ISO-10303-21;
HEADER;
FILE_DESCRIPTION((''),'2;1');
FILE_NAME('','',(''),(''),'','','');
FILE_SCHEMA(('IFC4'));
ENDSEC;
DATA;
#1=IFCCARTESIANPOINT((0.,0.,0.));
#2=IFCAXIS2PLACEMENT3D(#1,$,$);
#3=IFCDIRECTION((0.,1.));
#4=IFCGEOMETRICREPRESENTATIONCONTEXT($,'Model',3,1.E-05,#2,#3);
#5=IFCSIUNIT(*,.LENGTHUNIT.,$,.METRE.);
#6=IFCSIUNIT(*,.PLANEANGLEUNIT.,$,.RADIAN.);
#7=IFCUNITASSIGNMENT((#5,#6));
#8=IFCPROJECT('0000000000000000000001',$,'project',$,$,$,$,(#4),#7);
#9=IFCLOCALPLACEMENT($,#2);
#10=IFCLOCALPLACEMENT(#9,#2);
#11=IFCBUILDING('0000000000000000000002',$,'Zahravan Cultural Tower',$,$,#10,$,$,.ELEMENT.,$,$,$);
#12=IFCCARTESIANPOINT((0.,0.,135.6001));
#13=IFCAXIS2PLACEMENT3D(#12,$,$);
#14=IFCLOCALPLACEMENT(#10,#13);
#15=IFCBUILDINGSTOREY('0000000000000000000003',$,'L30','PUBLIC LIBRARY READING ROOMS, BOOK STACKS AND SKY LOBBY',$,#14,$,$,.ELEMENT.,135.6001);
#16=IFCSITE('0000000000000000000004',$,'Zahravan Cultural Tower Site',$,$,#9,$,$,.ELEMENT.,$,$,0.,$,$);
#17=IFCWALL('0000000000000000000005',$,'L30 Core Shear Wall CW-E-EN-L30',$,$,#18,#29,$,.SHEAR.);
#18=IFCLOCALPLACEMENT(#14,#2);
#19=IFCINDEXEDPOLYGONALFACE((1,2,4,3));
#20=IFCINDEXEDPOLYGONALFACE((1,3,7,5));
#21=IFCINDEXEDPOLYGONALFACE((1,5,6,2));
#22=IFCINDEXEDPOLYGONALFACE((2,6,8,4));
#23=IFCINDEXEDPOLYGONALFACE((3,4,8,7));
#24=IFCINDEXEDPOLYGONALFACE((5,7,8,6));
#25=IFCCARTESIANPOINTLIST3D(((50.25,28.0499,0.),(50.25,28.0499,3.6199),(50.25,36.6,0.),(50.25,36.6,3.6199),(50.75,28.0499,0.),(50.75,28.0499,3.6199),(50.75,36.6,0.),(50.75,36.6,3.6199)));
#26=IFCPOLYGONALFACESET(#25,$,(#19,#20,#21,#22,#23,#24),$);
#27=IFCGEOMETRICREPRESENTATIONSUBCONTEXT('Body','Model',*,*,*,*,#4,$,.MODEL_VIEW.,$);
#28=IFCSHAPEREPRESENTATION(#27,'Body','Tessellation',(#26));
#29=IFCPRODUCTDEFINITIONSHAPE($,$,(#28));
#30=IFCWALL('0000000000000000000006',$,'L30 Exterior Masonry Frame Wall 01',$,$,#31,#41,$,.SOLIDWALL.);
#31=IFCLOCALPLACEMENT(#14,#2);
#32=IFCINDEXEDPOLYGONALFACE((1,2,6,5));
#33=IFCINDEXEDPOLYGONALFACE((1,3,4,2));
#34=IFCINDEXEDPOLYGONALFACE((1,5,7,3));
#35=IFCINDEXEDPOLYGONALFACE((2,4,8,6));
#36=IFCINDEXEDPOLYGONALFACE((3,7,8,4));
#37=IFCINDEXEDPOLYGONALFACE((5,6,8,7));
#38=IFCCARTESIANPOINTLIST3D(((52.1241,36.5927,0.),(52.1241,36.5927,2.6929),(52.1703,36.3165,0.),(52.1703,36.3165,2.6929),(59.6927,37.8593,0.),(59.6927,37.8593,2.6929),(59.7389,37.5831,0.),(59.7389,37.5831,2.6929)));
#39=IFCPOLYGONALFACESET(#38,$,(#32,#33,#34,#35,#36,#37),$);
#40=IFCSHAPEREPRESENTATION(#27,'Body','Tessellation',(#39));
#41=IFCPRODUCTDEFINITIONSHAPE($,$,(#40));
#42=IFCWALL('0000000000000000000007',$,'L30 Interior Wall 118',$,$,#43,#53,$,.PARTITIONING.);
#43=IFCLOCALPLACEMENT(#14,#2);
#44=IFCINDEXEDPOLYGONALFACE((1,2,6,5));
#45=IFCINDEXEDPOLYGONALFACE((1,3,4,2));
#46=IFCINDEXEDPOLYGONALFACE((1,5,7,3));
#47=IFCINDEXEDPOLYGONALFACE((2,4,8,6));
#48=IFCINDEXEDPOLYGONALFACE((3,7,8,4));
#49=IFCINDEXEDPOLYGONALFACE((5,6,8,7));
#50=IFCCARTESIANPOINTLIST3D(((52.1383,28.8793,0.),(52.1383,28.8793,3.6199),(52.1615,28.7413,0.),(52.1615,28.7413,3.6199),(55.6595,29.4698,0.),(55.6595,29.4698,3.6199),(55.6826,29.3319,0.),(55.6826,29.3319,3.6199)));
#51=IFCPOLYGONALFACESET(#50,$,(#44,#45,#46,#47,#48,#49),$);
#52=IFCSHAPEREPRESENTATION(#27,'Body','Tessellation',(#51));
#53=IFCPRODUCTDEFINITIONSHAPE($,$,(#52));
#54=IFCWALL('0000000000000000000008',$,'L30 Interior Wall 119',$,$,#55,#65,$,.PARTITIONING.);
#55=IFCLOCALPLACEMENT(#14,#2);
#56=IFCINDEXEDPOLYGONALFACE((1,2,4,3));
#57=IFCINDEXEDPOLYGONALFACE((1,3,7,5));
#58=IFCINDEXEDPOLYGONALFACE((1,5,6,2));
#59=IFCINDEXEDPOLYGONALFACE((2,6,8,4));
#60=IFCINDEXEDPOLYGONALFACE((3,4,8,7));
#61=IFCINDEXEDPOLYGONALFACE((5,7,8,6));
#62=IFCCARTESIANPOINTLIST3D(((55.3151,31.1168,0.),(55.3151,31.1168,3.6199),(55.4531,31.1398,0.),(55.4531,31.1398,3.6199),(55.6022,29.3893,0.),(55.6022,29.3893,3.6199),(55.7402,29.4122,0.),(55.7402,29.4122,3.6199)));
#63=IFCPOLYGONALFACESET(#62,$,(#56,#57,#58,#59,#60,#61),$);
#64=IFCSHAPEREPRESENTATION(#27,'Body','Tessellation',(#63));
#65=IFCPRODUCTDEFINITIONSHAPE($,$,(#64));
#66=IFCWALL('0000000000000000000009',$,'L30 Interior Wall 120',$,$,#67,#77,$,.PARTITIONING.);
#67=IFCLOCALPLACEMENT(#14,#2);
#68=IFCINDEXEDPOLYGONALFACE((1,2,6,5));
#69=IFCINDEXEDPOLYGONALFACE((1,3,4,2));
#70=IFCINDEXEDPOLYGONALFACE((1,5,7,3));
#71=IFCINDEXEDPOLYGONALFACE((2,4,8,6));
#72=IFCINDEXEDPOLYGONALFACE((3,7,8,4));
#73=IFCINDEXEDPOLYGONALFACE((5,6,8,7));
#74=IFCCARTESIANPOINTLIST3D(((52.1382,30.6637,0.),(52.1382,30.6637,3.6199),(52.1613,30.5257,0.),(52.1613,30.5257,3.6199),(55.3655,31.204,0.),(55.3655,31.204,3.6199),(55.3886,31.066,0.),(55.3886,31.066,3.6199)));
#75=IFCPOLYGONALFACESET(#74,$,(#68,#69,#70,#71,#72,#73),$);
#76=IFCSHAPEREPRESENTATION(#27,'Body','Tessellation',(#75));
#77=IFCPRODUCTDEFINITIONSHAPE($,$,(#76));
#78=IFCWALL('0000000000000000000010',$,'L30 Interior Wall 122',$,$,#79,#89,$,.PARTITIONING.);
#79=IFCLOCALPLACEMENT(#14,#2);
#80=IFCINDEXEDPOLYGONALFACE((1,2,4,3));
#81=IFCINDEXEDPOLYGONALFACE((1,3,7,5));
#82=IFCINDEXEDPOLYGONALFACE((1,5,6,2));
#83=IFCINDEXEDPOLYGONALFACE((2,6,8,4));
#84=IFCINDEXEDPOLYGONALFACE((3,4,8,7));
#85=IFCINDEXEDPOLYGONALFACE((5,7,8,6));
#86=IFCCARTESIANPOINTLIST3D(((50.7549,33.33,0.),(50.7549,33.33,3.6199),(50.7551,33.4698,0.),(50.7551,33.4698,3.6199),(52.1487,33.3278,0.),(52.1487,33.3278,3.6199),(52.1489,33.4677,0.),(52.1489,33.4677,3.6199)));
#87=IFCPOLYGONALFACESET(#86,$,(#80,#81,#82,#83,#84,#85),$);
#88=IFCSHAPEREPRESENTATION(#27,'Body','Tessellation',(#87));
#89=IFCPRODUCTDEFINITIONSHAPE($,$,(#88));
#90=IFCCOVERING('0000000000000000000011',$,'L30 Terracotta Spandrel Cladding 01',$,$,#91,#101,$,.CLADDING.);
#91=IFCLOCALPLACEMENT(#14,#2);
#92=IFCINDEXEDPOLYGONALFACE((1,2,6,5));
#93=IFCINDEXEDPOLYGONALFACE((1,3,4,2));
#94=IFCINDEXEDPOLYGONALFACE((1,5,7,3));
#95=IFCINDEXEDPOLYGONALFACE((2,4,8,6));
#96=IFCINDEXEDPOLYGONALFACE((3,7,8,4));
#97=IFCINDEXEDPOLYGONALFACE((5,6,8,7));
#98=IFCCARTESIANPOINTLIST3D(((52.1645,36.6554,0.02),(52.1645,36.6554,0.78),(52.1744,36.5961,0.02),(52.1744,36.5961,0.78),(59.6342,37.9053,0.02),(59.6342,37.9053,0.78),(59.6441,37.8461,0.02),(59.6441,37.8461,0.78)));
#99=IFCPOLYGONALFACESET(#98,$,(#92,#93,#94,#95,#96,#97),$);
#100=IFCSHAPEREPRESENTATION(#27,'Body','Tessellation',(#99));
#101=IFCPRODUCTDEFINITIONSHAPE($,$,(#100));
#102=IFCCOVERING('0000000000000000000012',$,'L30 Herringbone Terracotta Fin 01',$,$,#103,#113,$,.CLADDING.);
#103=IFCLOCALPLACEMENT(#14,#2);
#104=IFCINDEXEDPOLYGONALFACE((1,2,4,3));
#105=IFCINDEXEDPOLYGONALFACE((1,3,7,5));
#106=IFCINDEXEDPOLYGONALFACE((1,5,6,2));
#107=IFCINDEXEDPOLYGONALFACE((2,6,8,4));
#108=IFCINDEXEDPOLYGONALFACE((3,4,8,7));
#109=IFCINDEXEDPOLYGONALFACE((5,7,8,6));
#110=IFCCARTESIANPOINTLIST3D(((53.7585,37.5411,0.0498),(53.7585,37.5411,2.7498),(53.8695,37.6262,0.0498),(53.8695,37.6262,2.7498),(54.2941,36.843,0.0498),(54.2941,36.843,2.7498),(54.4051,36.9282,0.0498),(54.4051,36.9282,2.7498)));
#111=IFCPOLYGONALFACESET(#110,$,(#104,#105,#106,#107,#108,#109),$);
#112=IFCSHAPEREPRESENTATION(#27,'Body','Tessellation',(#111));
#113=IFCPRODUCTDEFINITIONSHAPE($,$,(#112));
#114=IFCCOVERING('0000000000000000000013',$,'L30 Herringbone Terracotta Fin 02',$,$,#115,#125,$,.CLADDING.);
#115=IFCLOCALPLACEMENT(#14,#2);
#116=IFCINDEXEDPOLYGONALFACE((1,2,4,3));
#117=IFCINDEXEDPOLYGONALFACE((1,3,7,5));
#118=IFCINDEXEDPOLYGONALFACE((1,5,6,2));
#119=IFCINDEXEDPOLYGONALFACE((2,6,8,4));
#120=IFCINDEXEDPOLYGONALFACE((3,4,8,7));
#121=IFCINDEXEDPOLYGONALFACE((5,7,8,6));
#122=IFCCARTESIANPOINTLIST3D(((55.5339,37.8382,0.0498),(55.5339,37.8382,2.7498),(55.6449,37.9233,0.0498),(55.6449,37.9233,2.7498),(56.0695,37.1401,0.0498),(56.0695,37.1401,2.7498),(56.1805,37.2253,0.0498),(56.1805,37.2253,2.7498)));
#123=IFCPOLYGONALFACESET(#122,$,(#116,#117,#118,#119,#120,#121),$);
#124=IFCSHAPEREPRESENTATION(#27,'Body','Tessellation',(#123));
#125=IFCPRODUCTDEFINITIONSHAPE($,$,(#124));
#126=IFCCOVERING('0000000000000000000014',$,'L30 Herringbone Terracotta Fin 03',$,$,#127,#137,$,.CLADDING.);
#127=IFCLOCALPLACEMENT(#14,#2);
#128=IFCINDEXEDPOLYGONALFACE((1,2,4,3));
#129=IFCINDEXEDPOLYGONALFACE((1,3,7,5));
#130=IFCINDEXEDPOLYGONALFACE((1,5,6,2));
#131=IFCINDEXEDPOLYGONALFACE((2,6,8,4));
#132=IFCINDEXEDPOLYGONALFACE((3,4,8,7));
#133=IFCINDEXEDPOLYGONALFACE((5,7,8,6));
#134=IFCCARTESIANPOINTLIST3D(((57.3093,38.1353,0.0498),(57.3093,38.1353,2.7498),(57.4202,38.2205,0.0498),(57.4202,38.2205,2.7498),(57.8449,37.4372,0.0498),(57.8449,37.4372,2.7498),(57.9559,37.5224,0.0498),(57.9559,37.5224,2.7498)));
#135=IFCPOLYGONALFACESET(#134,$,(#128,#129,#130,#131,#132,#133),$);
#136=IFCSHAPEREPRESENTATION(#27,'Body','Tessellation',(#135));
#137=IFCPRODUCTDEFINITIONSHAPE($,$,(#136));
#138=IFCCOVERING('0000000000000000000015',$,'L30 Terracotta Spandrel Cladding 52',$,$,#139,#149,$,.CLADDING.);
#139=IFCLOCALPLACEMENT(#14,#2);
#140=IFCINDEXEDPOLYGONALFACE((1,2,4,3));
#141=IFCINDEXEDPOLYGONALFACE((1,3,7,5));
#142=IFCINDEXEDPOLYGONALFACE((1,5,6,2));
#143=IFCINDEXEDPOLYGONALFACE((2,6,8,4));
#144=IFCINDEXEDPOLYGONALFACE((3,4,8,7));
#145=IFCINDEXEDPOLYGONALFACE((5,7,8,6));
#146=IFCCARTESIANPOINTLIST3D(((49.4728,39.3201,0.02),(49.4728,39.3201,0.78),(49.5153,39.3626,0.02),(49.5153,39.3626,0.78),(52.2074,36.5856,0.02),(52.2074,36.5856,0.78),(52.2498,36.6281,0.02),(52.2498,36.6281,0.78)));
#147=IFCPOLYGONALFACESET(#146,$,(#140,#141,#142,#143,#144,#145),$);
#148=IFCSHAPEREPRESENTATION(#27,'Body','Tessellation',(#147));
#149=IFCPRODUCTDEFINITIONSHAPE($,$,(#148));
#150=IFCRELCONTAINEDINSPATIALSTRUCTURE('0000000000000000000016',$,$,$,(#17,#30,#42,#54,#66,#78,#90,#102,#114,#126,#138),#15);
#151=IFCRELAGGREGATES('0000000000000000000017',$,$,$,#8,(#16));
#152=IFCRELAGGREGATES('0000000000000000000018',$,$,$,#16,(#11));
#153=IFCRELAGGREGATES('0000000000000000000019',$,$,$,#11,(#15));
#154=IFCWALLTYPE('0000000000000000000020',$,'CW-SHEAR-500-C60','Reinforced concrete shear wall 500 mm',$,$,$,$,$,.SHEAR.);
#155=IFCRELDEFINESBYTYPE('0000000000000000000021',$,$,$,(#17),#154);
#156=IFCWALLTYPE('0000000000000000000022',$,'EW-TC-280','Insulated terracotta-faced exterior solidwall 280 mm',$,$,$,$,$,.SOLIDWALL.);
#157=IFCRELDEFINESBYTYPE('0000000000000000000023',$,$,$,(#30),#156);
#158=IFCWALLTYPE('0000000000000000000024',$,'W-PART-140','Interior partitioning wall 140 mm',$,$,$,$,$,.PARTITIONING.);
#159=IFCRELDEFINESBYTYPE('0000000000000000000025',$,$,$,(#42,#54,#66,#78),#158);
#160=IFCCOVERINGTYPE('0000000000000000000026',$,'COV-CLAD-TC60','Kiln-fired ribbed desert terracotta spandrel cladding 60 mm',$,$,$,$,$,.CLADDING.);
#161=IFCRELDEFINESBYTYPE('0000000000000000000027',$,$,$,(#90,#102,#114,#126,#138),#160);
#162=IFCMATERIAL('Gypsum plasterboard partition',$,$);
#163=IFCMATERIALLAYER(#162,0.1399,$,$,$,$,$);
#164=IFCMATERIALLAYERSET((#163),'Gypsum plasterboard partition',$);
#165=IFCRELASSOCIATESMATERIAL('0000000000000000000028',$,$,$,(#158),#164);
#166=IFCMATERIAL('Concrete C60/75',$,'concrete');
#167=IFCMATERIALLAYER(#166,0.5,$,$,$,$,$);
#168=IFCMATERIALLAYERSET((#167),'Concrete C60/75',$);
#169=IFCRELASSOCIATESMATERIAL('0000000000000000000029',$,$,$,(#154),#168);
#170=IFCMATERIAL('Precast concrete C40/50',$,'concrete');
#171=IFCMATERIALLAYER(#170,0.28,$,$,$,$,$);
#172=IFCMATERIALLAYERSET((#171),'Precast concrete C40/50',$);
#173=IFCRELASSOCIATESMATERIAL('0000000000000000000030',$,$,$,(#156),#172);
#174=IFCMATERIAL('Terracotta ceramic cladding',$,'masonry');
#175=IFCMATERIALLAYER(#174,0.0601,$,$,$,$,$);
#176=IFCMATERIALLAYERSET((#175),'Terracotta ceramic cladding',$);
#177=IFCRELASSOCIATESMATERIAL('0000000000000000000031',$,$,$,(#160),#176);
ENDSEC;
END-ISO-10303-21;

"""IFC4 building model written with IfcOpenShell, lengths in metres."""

from ifc_helpers import new_model, si_unit, direction, frame, frame_2d, origin, origin_2d, place, context, subcontext, project, spatial, rectangle, extrude, source, transform, mapped, material, layer, layer_set, type_object, element, save


model = new_model("IFC4")

# Units and contexts
model_context = context("Model", 3, precision=1e-05, world=origin(), true_north=direction((0.0, 1.0)))
body_context = subcontext(model_context, "Body", "Model", "MODEL_VIEW")
ifc_project = project(units=[si_unit("LENGTHUNIT", "METRE"), si_unit("PLANEANGLEUNIT", "RADIAN")], contexts=[model_context])

# Site, building, storey
site_placement = place(None, origin())
site = spatial("IfcSite", under=ifc_project, at=site_placement, Name="Zahravan Cultural Tower Site", CompositionType="ELEMENT", RefElevation=0.0)
building_placement = place(site_placement, origin())
building = spatial("IfcBuilding", under=site, at=building_placement, Name="Zahravan Cultural Tower", CompositionType="ELEMENT")
storey_placement = place(building_placement, frame((0.0, 0.0, 135.6001)))
storey = spatial("IfcBuildingStorey", under=building, at=storey_placement, Name="L30", Description="PUBLIC LIBRARY READING ROOMS, BOOK STACKS AND SKY LOBBY", CompositionType="ELEMENT", Elevation=135.6001)

# Shared definitions
ifc_material_1 = material(Name="Gypsum plasterboard partition")
ifc_layer_1 = layer(ifc_material_1, 0.1399)
ifc_layer_set_1 = layer_set([ifc_layer_1], Name="Gypsum plasterboard partition")
wall_type_1 = type_object("IfcWallType", Name="W-PART-140", Description="Interior partitioning wall 140 mm", PredefinedType="PARTITIONING", material=ifc_layer_set_1)

# Walls
ifc_material_2 = material(Name="Concrete C60/75", Category="concrete")
ifc_layer_2 = layer(ifc_material_2, 0.5)
ifc_layer_set_2 = layer_set([ifc_layer_2], Name="Concrete C60/75")
wall_type_2 = type_object("IfcWallType", Name="CW-SHEAR-500-C60", Description="Reinforced concrete shear wall 500 mm", PredefinedType="SHEAR", material=ifc_layer_set_2)
shared_shape_1 = source(origin(), body_context, "Body", "SweptSolid", [
    extrude(rectangle(XDim=8.55, YDim=0.5, at=frame_2d((4.2749, 0.0))), origin(), (0.0, 0.0, 1.0), 3.6199),
])
wall_1_placement = place(storey_placement, frame((50.5, 28.05, 0.0), z_axis=(0.0, 0.0, 1.0), x_axis=(0.0, 1.0, 0.0)))
element("IfcWall", 1, at=wall_1_placement, inside=storey, type_object=wall_type_2, Name="L30 Core Shear Wall CW-E-EN-L30", PredefinedType="SHEAR", context=body_context, shape_type="MappedRepresentation", body=[
    mapped(shared_shape_1, transform((0.0, 0.0, 0.0), x_axis=(1.0, 0.0, 0.0), y_axis=(0.0, 1.0, 0.0), z_axis=(0.0, 0.0, 1.0), scale=1.0)),
])
ifc_material_3 = material(Name="Precast concrete C40/50", Category="concrete")
ifc_layer_3 = layer(ifc_material_3, 0.28)
ifc_layer_set_3 = layer_set([ifc_layer_3], Name="Precast concrete C40/50")
wall_type_3 = type_object("IfcWallType", Name="EW-TC-280", Description="Insulated terracotta-faced exterior solidwall 280 mm", PredefinedType="SOLIDWALL", material=ifc_layer_set_3)
shared_shape_2 = source(origin(), body_context, "Body", "SweptSolid", [
    extrude(rectangle(XDim=7.6738, YDim=0.28, at=frame_2d((3.8369, 0.0))), origin(), (0.0, 0.0, 1.0), 2.6929),
])
wall_2_placement = place(storey_placement, frame((52.1472, 36.4546, 0.0), z_axis=(0.0, 0.0, 1.0), x_axis=(0.986285, 0.165054, 0.0)))
element("IfcWall", 2, at=wall_2_placement, inside=storey, type_object=wall_type_3, Name="L30 Exterior Masonry Frame Wall 01", PredefinedType="SOLIDWALL", context=body_context, shape_type="MappedRepresentation", body=[
    mapped(shared_shape_2, transform((0.0, 0.0, 0.0), x_axis=(1.0, 0.0, 0.0), y_axis=(0.0, 1.0, 0.0), z_axis=(0.0, 0.0, 1.0), scale=1.0)),
])
shared_shape_3 = source(origin(), body_context, "Body", "SweptSolid", [
    extrude(rectangle(XDim=3.5703, YDim=0.1399, at=frame_2d((1.7852, 0.0))), origin(), (0.0, 0.0, 1.0), 3.6199),
])
wall_3_placement = place(storey_placement, frame((52.1499, 28.8103, 0.0), z_axis=(0.0, 0.0, 1.0), x_axis=(0.986225, 0.165408, 0.0)))
element("IfcWall", 3, at=wall_3_placement, inside=storey, type_object=wall_type_1, Name="L30 Interior Wall 118", PredefinedType="PARTITIONING", context=body_context, shape_type="MappedRepresentation", body=[
    mapped(shared_shape_3, transform((0.0, 0.0, 0.0), x_axis=(1.0, 0.0, 0.0), y_axis=(0.0, 1.0, 0.0), z_axis=(0.0, 0.0, 1.0), scale=1.0)),
])
shared_shape_4 = source(origin(), body_context, "Body", "SweptSolid", [
    extrude(rectangle(XDim=1.7512, YDim=0.1399, at=frame_2d((0.8755, 0.0))), origin(), (0.0, 0.0, 1.0), 3.6199),
])
wall_4_placement = place(storey_placement, frame((55.6711, 29.4009, 0.0), z_axis=(0.0, 0.0, 1.0), x_axis=(-0.163947, 0.986469, 0.0)))
element("IfcWall", 4, at=wall_4_placement, inside=storey, type_object=wall_type_1, Name="L30 Interior Wall 119", PredefinedType="PARTITIONING", context=body_context, shape_type="MappedRepresentation", body=[
    mapped(shared_shape_4, transform((0.0, 0.0, 0.0), x_axis=(1.0, 0.0, 0.0), y_axis=(0.0, 1.0, 0.0), z_axis=(0.0, 0.0, 1.0), scale=1.0)),
])
shared_shape_5 = source(origin(), body_context, "Body", "SweptSolid", [
    extrude(rectangle(XDim=3.2722, YDim=0.1399, at=frame_2d((1.6362, 0.0))), origin(), (0.0, 0.0, 1.0), 3.6199),
])
wall_5_placement = place(storey_placement, frame((55.3772, 31.135, 0.0), z_axis=(0.0, 0.0, 1.0), x_axis=(-0.986275, -0.165113, 0.0)))
element("IfcWall", 5, at=wall_5_placement, inside=storey, type_object=wall_type_1, Name="L30 Interior Wall 120", PredefinedType="PARTITIONING", context=body_context, shape_type="MappedRepresentation", body=[
    mapped(shared_shape_5, transform((0.0, 0.0, 0.0), x_axis=(1.0, 0.0, 0.0), y_axis=(0.0, 1.0, 0.0), z_axis=(0.0, 0.0, 1.0), scale=1.0)),
])
shared_shape_6 = source(origin(), body_context, "Body", "SweptSolid", [
    extrude(rectangle(XDim=1.3938, YDim=0.1399, at=frame_2d((0.6968, 0.0))), origin(), (0.0, 0.0, 1.0), 3.6199),
])
wall_6_placement = place(storey_placement, frame((52.1487, 33.3977, 0.0), z_axis=(0.0, 0.0, 1.0), x_axis=(-0.999999, 0.001576, 0.0)))
element("IfcWall", 6, at=wall_6_placement, inside=storey, type_object=wall_type_1, Name="L30 Interior Wall 122", PredefinedType="PARTITIONING", context=body_context, shape_type="MappedRepresentation", body=[
    mapped(shared_shape_6, transform((0.0, 0.0, 0.0), x_axis=(1.0, 0.0, 0.0), y_axis=(0.0, 1.0, 0.0), z_axis=(0.0, 0.0, 1.0), scale=1.0)),
])

# Coverings
ifc_material_4 = material(Name="Terracotta ceramic cladding", Category="masonry")
ifc_layer_4 = layer(ifc_material_4, 0.0601)
ifc_layer_set_4 = layer_set([ifc_layer_4], Name="Terracotta ceramic cladding")
covering_type = type_object("IfcCoveringType", Name="COV-CLAD-TC60", Description="Kiln-fired ribbed desert terracotta spandrel cladding 60 mm", PredefinedType="CLADDING", material=ifc_layer_set_4)
shared_shape_7 = source(origin(), body_context, "Body", "SweptSolid", [
    extrude(rectangle(XDim=7.5735, YDim=0.0601, at=origin_2d()), origin(), (0.0, 0.0, 1.0), 0.76),
])
covering_1_placement = place(storey_placement, frame((55.9043, 37.2507, 0.02), z_axis=(0.0, 0.0, 1.0), x_axis=(0.986286, 0.165048, 0.0)))
element("IfcCovering", 7, at=covering_1_placement, inside=storey, type_object=covering_type, Name="L30 Terracotta Spandrel Cladding 01", PredefinedType="CLADDING", context=body_context, shape_type="MappedRepresentation", body=[
    mapped(shared_shape_7, transform((0.0, 0.0, 0.0), x_axis=(1.0, 0.0, 0.0), y_axis=(0.0, 1.0, 0.0), z_axis=(0.0, 0.0, 1.0), scale=1.0)),
])
shared_shape_8 = source(origin(), body_context, "Body", "SweptSolid", [
    extrude(rectangle(XDim=0.8799, YDim=0.1399, at=origin_2d()), origin(), (0.0, 0.0, 1.0), 2.7),
])
for number, where, z_axis, x_axis, name in (
    (8, (54.0818, 37.2346, 0.0498), (0.0, 0.0, 1.0), (-0.608761, 0.793353, 0.0), "L30 Herringbone Terracotta Fin 01"),
    (9, (55.8572, 37.5317, 0.0498), (0.0, 0.0, 1.0), (-0.608761, 0.793353, 0.0), "L30 Herringbone Terracotta Fin 02"),
    (10, (57.6326, 37.8289, 0.0498), (0.0, 0.0, 1.0), (-0.608761, 0.793353, 0.0), "L30 Herringbone Terracotta Fin 03"),
):
    element("IfcCovering", number, at=place(storey_placement, frame(where, z_axis=z_axis, x_axis=x_axis)), inside=storey, type_object=covering_type, Name=name, PredefinedType="CLADDING", context=body_context, shape_type="MappedRepresentation", body=[
        mapped(shared_shape_8, transform((0.0, 0.0, 0.0), x_axis=(1.0, 0.0, 0.0), y_axis=(0.0, 1.0, 0.0), z_axis=(0.0, 0.0, 1.0), scale=1.0)),
    ])
shared_shape_9 = source(origin(), body_context, "Body", "SweptSolid", [
    extrude(rectangle(XDim=3.8672, YDim=0.0601, at=origin_2d()), origin(), (0.0, 0.0, 1.0), 0.76),
])
covering_2_placement = place(storey_placement, frame((50.8613, 37.9741, 0.02), z_axis=(0.0, 0.0, 1.0), x_axis=(0.707107, -0.707107, 0.0)))
element("IfcCovering", 11, at=covering_2_placement, inside=storey, type_object=covering_type, Name="L30 Terracotta Spandrel Cladding 52", PredefinedType="CLADDING", context=body_context, shape_type="MappedRepresentation", body=[
    mapped(shared_shape_9, transform((0.0, 0.0, 0.0), x_axis=(1.0, 0.0, 0.0), y_axis=(0.0, 1.0, 0.0), z_axis=(0.0, 0.0, 1.0), scale=1.0)),
])

save(model, "model.ifc")
